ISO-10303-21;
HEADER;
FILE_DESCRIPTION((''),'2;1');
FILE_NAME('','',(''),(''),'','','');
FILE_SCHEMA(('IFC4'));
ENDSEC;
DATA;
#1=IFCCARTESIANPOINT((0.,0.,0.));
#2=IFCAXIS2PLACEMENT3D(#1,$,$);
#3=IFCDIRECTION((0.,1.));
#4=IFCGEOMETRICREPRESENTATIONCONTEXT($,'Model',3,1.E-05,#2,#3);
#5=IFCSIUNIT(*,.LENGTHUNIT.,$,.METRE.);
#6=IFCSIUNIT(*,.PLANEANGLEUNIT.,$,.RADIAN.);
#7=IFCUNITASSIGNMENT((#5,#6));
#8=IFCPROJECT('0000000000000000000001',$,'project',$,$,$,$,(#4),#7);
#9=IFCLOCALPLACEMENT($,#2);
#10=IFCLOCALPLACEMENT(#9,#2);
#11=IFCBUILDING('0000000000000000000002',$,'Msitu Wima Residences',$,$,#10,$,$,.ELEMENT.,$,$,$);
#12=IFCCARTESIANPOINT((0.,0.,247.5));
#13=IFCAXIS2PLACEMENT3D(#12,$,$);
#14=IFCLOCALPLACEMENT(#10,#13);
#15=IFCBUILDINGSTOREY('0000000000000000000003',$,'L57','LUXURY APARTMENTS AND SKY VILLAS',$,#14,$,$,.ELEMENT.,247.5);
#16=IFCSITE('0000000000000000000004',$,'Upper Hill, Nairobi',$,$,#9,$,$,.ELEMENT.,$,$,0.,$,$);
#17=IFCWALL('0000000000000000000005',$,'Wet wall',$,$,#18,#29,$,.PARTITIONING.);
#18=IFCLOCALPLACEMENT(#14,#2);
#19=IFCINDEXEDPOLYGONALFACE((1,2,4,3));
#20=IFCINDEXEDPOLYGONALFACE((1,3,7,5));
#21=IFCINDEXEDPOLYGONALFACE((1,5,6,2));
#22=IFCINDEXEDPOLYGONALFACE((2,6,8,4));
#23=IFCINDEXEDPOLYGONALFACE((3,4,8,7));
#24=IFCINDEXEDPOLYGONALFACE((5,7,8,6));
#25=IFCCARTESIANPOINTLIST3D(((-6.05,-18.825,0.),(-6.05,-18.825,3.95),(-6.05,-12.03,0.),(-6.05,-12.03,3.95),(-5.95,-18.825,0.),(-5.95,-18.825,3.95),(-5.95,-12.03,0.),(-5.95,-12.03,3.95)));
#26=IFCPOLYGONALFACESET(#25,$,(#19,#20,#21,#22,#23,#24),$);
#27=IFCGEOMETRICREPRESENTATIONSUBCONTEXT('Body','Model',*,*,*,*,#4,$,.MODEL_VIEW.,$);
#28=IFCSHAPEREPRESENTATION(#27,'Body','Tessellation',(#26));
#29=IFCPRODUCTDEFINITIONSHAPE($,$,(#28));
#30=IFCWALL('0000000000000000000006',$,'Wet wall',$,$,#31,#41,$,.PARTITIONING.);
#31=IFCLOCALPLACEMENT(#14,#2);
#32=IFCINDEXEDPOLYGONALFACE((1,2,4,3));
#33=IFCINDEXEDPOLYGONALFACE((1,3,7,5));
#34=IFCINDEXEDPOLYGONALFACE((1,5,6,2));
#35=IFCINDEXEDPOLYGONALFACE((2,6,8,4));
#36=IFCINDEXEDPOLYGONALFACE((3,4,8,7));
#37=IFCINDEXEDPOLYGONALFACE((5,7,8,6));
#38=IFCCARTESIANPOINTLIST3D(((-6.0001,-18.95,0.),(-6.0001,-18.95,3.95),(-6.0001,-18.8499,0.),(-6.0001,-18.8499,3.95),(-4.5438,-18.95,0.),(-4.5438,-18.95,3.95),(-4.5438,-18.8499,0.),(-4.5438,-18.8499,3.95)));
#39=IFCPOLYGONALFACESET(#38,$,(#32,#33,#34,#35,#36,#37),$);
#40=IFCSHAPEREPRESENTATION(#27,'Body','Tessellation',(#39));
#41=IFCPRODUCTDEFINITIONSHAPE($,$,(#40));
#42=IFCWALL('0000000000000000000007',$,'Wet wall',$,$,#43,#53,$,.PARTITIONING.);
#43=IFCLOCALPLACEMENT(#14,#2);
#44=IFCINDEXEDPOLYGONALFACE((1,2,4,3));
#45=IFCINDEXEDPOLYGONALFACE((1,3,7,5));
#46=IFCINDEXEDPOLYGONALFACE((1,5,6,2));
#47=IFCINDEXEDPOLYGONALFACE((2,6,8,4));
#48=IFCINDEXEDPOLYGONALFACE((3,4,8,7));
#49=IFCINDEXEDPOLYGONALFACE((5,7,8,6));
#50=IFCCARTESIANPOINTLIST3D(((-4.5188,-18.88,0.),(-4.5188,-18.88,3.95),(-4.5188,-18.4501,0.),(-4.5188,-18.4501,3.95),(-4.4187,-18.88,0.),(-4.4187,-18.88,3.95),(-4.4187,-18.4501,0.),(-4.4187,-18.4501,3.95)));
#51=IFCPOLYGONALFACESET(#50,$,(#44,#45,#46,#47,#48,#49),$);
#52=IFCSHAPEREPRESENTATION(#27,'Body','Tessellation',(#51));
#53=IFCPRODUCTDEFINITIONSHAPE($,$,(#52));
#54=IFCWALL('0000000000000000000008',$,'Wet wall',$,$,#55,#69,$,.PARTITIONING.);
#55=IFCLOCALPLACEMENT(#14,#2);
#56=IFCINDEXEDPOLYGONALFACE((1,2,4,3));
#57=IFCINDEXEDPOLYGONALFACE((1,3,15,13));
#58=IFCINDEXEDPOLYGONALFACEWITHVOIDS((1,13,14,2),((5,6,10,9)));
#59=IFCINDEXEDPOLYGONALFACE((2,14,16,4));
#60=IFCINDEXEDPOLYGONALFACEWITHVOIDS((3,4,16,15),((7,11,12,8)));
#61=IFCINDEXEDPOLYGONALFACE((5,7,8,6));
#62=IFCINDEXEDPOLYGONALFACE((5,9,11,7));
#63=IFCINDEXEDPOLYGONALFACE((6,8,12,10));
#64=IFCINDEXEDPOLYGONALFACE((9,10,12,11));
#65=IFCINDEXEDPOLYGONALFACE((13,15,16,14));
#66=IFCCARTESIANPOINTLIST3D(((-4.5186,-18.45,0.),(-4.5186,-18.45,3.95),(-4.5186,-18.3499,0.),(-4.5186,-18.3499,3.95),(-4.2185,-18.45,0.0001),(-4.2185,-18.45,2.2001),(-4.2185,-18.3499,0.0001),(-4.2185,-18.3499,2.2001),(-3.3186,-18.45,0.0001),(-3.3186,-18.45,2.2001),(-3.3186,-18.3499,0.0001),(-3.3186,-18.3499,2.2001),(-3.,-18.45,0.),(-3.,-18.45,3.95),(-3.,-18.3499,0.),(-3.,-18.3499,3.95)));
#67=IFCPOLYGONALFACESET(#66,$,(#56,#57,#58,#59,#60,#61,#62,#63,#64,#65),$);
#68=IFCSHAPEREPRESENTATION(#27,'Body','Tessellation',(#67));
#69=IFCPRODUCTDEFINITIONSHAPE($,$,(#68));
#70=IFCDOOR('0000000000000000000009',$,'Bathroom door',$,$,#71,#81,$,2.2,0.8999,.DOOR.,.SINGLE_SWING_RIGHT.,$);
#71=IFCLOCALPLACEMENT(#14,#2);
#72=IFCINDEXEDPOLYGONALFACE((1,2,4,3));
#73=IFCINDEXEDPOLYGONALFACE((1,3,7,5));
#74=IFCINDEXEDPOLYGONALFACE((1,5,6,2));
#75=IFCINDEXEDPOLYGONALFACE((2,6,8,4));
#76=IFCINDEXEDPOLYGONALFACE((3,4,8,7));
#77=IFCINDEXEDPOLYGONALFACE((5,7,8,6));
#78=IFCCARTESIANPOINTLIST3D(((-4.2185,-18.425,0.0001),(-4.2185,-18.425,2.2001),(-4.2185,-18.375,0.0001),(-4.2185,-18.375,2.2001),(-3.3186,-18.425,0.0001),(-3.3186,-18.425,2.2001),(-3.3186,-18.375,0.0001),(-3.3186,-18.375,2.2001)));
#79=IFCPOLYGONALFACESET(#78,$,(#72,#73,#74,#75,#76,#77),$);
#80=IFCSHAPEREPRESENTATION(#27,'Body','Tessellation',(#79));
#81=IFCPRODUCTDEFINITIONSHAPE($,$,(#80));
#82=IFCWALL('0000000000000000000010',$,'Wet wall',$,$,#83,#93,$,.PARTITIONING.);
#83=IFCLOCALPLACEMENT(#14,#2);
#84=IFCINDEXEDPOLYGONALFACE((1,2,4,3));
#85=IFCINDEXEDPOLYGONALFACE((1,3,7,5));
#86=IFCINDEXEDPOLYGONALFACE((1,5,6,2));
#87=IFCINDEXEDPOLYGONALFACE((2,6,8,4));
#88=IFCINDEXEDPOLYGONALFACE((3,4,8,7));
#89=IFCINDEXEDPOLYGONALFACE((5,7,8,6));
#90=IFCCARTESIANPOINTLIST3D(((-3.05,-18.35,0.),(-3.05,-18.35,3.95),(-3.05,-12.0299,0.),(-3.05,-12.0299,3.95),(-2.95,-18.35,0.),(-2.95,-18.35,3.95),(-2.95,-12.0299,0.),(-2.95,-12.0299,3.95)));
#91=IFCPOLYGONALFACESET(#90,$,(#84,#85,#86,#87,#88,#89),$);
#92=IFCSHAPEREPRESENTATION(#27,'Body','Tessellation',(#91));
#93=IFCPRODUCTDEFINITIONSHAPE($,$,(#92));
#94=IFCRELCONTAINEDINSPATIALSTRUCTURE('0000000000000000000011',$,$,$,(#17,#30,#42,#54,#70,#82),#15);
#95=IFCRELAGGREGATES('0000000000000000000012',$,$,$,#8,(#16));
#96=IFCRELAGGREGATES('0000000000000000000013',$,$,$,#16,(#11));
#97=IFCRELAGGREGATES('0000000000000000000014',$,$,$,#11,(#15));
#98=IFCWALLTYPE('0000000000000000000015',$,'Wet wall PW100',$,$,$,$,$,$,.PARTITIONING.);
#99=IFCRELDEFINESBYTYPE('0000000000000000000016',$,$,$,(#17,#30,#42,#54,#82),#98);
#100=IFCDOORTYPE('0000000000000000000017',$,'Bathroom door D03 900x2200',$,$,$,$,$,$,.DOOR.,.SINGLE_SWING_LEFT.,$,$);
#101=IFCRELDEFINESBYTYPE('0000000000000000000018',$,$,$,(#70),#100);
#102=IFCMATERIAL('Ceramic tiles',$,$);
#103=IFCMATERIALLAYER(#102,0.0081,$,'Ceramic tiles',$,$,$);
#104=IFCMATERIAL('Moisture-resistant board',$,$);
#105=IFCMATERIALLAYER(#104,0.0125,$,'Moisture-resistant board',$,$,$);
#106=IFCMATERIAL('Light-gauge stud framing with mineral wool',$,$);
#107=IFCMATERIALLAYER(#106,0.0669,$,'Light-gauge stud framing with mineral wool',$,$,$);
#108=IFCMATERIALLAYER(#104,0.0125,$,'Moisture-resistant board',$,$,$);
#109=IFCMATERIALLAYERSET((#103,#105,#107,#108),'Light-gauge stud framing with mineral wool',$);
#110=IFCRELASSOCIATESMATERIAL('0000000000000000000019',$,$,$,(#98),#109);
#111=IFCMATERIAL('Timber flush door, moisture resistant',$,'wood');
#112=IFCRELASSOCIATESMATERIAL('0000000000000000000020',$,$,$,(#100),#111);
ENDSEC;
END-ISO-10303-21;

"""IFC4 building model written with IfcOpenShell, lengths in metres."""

from ifc_helpers import new_model, si_unit, direction, frame, frame_2d, origin, place, context, subcontext, project, spatial, rectangle, extrude, material, layer, layer_set, type_object, element, fill, save


model = new_model("IFC4")

# Units and contexts
model_context = context("Model", 3, precision=1e-05, world=origin(), true_north=direction((0.0, 1.0)))
body_context = subcontext(model_context, "Body", "Model", "MODEL_VIEW")
ifc_project = project(units=[si_unit("LENGTHUNIT", "METRE"), si_unit("PLANEANGLEUNIT", "RADIAN")], contexts=[model_context])

# Site, building, storey
site_placement = place(None, origin())
site = spatial("IfcSite", under=ifc_project, at=site_placement, Name="Upper Hill, Nairobi", CompositionType="ELEMENT", RefElevation=0.0)
building_placement = place(site_placement, origin())
building = spatial("IfcBuilding", under=site, at=building_placement, Name="Msitu Wima Residences", CompositionType="ELEMENT")
storey_placement = place(building_placement, frame((0.0, 0.0, 247.5)))
storey = spatial("IfcBuildingStorey", under=building, at=storey_placement, Name="L57", Description="LUXURY APARTMENTS AND SKY VILLAS", CompositionType="ELEMENT", Elevation=247.5)

# Walls
ifc_material_1 = material(Name="Ceramic tiles")
ifc_layer_1 = layer(ifc_material_1, 0.0081, Name="Ceramic tiles")
ifc_material_2 = material(Name="Moisture-resistant board")
ifc_layer_2 = layer(ifc_material_2, 0.0125, Name="Moisture-resistant board")
ifc_material_3 = material(Name="Light-gauge stud framing with mineral wool")
ifc_layer_3 = layer(ifc_material_3, 0.0669, Name="Light-gauge stud framing with mineral wool")
ifc_layer_4 = layer(ifc_material_2, 0.0125, Name="Moisture-resistant board")
ifc_layer_set_1 = layer_set([ifc_layer_1, ifc_layer_2, ifc_layer_3, ifc_layer_4], Name="Light-gauge stud framing with mineral wool")
wall_type_1 = type_object("IfcWallType", Name="Wet wall PW100", PredefinedType="PARTITIONING", material=ifc_layer_set_1)
wall_1_placement = place(storey_placement, frame((-6.0, -18.825, 0.0), z_axis=(0.0, 0.0, 1.0), x_axis=(0.0, 1.0, 0.0)))
element("IfcWall", 1, at=wall_1_placement, inside=storey, type_object=wall_type_1, Name="Wet wall", PredefinedType="PARTITIONING", context=body_context, shape_type="SweptSolid", body=[
    extrude(rectangle(XDim=6.7949, YDim=0.1001, at=frame_2d((3.3975, 0.0))), origin(), (0.0, 0.0, 1.0), 3.95),
])
wall_2_placement = place(storey_placement, frame((-6.0, -18.8999, 0.0), z_axis=(0.0, 0.0, 1.0), x_axis=(1.0, 0.0, 0.0)))
element("IfcWall", 2, at=wall_2_placement, inside=storey, type_object=wall_type_1, Name="Wet wall", PredefinedType="PARTITIONING", context=body_context, shape_type="SweptSolid", body=[
    extrude(rectangle(XDim=1.4563, YDim=0.1001, at=frame_2d((0.728, 0.0))), origin(), (0.0, 0.0, 1.0), 3.95),
])
wall_3_placement = place(storey_placement, frame((-4.4688, -18.8799, 0.0), z_axis=(0.0, 0.0, 1.0), x_axis=(0.0, 1.0, 0.0)))
element("IfcWall", 3, at=wall_3_placement, inside=storey, type_object=wall_type_1, Name="Wet wall", PredefinedType="PARTITIONING", context=body_context, shape_type="SweptSolid", body=[
    extrude(rectangle(XDim=0.4299, YDim=0.1001, at=frame_2d((0.2148, 0.0))), origin(), (0.0, 0.0, 1.0), 3.95),
])

# Wall, opening, door
wall_4_placement = place(storey_placement, frame((-4.5186, -18.3999, 0.0), z_axis=(0.0, 0.0, 1.0), x_axis=(1.0, 0.0, 0.0)))
wall_4 = element("IfcWall", 4, at=wall_4_placement, inside=storey, type_object=wall_type_1, Name="Wet wall", PredefinedType="PARTITIONING", context=body_context, shape_type="SweptSolid", body=[
    extrude(rectangle(XDim=1.5186, YDim=0.1001, at=frame_2d((0.7593, 0.0))), origin(), (0.0, 0.0, 1.0), 3.95),
])
opening_1_placement = place(wall_4_placement, frame((0.3, 0.0, 0.0)))
opening_1 = element("IfcOpeningElement", 5, at=opening_1_placement, cuts=wall_4, PredefinedType="OPENING", context=body_context, shape_type="SweptSolid", body=[
    extrude(rectangle(XDim=0.8999, YDim=2.2, at=frame_2d((0.45, 1.1001))), frame((0.0, 0.0601, 0.0), z_axis=(0.0, -1.0, 0.0), x_axis=(1.0, 0.0, 0.0)), (0.0, 0.0, 1.0), 0.1201),
])
ifc_material_4 = material(Name="Timber flush door, moisture resistant", Category="wood")
door_type_1 = type_object("IfcDoorType", Name="Bathroom door D03 900x2200", OperationType="SINGLE_SWING_LEFT", PredefinedType="DOOR", material=ifc_material_4)
door_1_placement = place(opening_1_placement, origin())
door_1 = element("IfcDoor", 6, at=door_1_placement, inside=storey, type_object=door_type_1, Name="Bathroom door", OperationType="SINGLE_SWING_RIGHT", OverallHeight=2.2, OverallWidth=0.8999, PredefinedType="DOOR", context=body_context, shape_type="SweptSolid", body=[
    extrude(rectangle(XDim=0.8999, YDim=2.2, at=frame_2d((0.45, 1.1001))), frame((0.0, 0.0249, 0.0), z_axis=(0.0, -1.0, 0.0), x_axis=(1.0, 0.0, 0.0)), (0.0, 0.0, 1.0), 0.05),
])
fill(opening_1, door_1)

# Wall
wall_5_placement = place(storey_placement, frame((-3.0, -18.3501, 0.0), z_axis=(0.0, 0.0, 1.0), x_axis=(0.0, 1.0, 0.0)))
element("IfcWall", 7, at=wall_5_placement, inside=storey, type_object=wall_type_1, Name="Wet wall", PredefinedType="PARTITIONING", context=body_context, shape_type="SweptSolid", body=[
    extrude(rectangle(XDim=6.3201, YDim=0.1001, at=frame_2d((3.1602, 0.0))), origin(), (0.0, 0.0, 1.0), 3.95),
])

save(model, "model.ifc")
